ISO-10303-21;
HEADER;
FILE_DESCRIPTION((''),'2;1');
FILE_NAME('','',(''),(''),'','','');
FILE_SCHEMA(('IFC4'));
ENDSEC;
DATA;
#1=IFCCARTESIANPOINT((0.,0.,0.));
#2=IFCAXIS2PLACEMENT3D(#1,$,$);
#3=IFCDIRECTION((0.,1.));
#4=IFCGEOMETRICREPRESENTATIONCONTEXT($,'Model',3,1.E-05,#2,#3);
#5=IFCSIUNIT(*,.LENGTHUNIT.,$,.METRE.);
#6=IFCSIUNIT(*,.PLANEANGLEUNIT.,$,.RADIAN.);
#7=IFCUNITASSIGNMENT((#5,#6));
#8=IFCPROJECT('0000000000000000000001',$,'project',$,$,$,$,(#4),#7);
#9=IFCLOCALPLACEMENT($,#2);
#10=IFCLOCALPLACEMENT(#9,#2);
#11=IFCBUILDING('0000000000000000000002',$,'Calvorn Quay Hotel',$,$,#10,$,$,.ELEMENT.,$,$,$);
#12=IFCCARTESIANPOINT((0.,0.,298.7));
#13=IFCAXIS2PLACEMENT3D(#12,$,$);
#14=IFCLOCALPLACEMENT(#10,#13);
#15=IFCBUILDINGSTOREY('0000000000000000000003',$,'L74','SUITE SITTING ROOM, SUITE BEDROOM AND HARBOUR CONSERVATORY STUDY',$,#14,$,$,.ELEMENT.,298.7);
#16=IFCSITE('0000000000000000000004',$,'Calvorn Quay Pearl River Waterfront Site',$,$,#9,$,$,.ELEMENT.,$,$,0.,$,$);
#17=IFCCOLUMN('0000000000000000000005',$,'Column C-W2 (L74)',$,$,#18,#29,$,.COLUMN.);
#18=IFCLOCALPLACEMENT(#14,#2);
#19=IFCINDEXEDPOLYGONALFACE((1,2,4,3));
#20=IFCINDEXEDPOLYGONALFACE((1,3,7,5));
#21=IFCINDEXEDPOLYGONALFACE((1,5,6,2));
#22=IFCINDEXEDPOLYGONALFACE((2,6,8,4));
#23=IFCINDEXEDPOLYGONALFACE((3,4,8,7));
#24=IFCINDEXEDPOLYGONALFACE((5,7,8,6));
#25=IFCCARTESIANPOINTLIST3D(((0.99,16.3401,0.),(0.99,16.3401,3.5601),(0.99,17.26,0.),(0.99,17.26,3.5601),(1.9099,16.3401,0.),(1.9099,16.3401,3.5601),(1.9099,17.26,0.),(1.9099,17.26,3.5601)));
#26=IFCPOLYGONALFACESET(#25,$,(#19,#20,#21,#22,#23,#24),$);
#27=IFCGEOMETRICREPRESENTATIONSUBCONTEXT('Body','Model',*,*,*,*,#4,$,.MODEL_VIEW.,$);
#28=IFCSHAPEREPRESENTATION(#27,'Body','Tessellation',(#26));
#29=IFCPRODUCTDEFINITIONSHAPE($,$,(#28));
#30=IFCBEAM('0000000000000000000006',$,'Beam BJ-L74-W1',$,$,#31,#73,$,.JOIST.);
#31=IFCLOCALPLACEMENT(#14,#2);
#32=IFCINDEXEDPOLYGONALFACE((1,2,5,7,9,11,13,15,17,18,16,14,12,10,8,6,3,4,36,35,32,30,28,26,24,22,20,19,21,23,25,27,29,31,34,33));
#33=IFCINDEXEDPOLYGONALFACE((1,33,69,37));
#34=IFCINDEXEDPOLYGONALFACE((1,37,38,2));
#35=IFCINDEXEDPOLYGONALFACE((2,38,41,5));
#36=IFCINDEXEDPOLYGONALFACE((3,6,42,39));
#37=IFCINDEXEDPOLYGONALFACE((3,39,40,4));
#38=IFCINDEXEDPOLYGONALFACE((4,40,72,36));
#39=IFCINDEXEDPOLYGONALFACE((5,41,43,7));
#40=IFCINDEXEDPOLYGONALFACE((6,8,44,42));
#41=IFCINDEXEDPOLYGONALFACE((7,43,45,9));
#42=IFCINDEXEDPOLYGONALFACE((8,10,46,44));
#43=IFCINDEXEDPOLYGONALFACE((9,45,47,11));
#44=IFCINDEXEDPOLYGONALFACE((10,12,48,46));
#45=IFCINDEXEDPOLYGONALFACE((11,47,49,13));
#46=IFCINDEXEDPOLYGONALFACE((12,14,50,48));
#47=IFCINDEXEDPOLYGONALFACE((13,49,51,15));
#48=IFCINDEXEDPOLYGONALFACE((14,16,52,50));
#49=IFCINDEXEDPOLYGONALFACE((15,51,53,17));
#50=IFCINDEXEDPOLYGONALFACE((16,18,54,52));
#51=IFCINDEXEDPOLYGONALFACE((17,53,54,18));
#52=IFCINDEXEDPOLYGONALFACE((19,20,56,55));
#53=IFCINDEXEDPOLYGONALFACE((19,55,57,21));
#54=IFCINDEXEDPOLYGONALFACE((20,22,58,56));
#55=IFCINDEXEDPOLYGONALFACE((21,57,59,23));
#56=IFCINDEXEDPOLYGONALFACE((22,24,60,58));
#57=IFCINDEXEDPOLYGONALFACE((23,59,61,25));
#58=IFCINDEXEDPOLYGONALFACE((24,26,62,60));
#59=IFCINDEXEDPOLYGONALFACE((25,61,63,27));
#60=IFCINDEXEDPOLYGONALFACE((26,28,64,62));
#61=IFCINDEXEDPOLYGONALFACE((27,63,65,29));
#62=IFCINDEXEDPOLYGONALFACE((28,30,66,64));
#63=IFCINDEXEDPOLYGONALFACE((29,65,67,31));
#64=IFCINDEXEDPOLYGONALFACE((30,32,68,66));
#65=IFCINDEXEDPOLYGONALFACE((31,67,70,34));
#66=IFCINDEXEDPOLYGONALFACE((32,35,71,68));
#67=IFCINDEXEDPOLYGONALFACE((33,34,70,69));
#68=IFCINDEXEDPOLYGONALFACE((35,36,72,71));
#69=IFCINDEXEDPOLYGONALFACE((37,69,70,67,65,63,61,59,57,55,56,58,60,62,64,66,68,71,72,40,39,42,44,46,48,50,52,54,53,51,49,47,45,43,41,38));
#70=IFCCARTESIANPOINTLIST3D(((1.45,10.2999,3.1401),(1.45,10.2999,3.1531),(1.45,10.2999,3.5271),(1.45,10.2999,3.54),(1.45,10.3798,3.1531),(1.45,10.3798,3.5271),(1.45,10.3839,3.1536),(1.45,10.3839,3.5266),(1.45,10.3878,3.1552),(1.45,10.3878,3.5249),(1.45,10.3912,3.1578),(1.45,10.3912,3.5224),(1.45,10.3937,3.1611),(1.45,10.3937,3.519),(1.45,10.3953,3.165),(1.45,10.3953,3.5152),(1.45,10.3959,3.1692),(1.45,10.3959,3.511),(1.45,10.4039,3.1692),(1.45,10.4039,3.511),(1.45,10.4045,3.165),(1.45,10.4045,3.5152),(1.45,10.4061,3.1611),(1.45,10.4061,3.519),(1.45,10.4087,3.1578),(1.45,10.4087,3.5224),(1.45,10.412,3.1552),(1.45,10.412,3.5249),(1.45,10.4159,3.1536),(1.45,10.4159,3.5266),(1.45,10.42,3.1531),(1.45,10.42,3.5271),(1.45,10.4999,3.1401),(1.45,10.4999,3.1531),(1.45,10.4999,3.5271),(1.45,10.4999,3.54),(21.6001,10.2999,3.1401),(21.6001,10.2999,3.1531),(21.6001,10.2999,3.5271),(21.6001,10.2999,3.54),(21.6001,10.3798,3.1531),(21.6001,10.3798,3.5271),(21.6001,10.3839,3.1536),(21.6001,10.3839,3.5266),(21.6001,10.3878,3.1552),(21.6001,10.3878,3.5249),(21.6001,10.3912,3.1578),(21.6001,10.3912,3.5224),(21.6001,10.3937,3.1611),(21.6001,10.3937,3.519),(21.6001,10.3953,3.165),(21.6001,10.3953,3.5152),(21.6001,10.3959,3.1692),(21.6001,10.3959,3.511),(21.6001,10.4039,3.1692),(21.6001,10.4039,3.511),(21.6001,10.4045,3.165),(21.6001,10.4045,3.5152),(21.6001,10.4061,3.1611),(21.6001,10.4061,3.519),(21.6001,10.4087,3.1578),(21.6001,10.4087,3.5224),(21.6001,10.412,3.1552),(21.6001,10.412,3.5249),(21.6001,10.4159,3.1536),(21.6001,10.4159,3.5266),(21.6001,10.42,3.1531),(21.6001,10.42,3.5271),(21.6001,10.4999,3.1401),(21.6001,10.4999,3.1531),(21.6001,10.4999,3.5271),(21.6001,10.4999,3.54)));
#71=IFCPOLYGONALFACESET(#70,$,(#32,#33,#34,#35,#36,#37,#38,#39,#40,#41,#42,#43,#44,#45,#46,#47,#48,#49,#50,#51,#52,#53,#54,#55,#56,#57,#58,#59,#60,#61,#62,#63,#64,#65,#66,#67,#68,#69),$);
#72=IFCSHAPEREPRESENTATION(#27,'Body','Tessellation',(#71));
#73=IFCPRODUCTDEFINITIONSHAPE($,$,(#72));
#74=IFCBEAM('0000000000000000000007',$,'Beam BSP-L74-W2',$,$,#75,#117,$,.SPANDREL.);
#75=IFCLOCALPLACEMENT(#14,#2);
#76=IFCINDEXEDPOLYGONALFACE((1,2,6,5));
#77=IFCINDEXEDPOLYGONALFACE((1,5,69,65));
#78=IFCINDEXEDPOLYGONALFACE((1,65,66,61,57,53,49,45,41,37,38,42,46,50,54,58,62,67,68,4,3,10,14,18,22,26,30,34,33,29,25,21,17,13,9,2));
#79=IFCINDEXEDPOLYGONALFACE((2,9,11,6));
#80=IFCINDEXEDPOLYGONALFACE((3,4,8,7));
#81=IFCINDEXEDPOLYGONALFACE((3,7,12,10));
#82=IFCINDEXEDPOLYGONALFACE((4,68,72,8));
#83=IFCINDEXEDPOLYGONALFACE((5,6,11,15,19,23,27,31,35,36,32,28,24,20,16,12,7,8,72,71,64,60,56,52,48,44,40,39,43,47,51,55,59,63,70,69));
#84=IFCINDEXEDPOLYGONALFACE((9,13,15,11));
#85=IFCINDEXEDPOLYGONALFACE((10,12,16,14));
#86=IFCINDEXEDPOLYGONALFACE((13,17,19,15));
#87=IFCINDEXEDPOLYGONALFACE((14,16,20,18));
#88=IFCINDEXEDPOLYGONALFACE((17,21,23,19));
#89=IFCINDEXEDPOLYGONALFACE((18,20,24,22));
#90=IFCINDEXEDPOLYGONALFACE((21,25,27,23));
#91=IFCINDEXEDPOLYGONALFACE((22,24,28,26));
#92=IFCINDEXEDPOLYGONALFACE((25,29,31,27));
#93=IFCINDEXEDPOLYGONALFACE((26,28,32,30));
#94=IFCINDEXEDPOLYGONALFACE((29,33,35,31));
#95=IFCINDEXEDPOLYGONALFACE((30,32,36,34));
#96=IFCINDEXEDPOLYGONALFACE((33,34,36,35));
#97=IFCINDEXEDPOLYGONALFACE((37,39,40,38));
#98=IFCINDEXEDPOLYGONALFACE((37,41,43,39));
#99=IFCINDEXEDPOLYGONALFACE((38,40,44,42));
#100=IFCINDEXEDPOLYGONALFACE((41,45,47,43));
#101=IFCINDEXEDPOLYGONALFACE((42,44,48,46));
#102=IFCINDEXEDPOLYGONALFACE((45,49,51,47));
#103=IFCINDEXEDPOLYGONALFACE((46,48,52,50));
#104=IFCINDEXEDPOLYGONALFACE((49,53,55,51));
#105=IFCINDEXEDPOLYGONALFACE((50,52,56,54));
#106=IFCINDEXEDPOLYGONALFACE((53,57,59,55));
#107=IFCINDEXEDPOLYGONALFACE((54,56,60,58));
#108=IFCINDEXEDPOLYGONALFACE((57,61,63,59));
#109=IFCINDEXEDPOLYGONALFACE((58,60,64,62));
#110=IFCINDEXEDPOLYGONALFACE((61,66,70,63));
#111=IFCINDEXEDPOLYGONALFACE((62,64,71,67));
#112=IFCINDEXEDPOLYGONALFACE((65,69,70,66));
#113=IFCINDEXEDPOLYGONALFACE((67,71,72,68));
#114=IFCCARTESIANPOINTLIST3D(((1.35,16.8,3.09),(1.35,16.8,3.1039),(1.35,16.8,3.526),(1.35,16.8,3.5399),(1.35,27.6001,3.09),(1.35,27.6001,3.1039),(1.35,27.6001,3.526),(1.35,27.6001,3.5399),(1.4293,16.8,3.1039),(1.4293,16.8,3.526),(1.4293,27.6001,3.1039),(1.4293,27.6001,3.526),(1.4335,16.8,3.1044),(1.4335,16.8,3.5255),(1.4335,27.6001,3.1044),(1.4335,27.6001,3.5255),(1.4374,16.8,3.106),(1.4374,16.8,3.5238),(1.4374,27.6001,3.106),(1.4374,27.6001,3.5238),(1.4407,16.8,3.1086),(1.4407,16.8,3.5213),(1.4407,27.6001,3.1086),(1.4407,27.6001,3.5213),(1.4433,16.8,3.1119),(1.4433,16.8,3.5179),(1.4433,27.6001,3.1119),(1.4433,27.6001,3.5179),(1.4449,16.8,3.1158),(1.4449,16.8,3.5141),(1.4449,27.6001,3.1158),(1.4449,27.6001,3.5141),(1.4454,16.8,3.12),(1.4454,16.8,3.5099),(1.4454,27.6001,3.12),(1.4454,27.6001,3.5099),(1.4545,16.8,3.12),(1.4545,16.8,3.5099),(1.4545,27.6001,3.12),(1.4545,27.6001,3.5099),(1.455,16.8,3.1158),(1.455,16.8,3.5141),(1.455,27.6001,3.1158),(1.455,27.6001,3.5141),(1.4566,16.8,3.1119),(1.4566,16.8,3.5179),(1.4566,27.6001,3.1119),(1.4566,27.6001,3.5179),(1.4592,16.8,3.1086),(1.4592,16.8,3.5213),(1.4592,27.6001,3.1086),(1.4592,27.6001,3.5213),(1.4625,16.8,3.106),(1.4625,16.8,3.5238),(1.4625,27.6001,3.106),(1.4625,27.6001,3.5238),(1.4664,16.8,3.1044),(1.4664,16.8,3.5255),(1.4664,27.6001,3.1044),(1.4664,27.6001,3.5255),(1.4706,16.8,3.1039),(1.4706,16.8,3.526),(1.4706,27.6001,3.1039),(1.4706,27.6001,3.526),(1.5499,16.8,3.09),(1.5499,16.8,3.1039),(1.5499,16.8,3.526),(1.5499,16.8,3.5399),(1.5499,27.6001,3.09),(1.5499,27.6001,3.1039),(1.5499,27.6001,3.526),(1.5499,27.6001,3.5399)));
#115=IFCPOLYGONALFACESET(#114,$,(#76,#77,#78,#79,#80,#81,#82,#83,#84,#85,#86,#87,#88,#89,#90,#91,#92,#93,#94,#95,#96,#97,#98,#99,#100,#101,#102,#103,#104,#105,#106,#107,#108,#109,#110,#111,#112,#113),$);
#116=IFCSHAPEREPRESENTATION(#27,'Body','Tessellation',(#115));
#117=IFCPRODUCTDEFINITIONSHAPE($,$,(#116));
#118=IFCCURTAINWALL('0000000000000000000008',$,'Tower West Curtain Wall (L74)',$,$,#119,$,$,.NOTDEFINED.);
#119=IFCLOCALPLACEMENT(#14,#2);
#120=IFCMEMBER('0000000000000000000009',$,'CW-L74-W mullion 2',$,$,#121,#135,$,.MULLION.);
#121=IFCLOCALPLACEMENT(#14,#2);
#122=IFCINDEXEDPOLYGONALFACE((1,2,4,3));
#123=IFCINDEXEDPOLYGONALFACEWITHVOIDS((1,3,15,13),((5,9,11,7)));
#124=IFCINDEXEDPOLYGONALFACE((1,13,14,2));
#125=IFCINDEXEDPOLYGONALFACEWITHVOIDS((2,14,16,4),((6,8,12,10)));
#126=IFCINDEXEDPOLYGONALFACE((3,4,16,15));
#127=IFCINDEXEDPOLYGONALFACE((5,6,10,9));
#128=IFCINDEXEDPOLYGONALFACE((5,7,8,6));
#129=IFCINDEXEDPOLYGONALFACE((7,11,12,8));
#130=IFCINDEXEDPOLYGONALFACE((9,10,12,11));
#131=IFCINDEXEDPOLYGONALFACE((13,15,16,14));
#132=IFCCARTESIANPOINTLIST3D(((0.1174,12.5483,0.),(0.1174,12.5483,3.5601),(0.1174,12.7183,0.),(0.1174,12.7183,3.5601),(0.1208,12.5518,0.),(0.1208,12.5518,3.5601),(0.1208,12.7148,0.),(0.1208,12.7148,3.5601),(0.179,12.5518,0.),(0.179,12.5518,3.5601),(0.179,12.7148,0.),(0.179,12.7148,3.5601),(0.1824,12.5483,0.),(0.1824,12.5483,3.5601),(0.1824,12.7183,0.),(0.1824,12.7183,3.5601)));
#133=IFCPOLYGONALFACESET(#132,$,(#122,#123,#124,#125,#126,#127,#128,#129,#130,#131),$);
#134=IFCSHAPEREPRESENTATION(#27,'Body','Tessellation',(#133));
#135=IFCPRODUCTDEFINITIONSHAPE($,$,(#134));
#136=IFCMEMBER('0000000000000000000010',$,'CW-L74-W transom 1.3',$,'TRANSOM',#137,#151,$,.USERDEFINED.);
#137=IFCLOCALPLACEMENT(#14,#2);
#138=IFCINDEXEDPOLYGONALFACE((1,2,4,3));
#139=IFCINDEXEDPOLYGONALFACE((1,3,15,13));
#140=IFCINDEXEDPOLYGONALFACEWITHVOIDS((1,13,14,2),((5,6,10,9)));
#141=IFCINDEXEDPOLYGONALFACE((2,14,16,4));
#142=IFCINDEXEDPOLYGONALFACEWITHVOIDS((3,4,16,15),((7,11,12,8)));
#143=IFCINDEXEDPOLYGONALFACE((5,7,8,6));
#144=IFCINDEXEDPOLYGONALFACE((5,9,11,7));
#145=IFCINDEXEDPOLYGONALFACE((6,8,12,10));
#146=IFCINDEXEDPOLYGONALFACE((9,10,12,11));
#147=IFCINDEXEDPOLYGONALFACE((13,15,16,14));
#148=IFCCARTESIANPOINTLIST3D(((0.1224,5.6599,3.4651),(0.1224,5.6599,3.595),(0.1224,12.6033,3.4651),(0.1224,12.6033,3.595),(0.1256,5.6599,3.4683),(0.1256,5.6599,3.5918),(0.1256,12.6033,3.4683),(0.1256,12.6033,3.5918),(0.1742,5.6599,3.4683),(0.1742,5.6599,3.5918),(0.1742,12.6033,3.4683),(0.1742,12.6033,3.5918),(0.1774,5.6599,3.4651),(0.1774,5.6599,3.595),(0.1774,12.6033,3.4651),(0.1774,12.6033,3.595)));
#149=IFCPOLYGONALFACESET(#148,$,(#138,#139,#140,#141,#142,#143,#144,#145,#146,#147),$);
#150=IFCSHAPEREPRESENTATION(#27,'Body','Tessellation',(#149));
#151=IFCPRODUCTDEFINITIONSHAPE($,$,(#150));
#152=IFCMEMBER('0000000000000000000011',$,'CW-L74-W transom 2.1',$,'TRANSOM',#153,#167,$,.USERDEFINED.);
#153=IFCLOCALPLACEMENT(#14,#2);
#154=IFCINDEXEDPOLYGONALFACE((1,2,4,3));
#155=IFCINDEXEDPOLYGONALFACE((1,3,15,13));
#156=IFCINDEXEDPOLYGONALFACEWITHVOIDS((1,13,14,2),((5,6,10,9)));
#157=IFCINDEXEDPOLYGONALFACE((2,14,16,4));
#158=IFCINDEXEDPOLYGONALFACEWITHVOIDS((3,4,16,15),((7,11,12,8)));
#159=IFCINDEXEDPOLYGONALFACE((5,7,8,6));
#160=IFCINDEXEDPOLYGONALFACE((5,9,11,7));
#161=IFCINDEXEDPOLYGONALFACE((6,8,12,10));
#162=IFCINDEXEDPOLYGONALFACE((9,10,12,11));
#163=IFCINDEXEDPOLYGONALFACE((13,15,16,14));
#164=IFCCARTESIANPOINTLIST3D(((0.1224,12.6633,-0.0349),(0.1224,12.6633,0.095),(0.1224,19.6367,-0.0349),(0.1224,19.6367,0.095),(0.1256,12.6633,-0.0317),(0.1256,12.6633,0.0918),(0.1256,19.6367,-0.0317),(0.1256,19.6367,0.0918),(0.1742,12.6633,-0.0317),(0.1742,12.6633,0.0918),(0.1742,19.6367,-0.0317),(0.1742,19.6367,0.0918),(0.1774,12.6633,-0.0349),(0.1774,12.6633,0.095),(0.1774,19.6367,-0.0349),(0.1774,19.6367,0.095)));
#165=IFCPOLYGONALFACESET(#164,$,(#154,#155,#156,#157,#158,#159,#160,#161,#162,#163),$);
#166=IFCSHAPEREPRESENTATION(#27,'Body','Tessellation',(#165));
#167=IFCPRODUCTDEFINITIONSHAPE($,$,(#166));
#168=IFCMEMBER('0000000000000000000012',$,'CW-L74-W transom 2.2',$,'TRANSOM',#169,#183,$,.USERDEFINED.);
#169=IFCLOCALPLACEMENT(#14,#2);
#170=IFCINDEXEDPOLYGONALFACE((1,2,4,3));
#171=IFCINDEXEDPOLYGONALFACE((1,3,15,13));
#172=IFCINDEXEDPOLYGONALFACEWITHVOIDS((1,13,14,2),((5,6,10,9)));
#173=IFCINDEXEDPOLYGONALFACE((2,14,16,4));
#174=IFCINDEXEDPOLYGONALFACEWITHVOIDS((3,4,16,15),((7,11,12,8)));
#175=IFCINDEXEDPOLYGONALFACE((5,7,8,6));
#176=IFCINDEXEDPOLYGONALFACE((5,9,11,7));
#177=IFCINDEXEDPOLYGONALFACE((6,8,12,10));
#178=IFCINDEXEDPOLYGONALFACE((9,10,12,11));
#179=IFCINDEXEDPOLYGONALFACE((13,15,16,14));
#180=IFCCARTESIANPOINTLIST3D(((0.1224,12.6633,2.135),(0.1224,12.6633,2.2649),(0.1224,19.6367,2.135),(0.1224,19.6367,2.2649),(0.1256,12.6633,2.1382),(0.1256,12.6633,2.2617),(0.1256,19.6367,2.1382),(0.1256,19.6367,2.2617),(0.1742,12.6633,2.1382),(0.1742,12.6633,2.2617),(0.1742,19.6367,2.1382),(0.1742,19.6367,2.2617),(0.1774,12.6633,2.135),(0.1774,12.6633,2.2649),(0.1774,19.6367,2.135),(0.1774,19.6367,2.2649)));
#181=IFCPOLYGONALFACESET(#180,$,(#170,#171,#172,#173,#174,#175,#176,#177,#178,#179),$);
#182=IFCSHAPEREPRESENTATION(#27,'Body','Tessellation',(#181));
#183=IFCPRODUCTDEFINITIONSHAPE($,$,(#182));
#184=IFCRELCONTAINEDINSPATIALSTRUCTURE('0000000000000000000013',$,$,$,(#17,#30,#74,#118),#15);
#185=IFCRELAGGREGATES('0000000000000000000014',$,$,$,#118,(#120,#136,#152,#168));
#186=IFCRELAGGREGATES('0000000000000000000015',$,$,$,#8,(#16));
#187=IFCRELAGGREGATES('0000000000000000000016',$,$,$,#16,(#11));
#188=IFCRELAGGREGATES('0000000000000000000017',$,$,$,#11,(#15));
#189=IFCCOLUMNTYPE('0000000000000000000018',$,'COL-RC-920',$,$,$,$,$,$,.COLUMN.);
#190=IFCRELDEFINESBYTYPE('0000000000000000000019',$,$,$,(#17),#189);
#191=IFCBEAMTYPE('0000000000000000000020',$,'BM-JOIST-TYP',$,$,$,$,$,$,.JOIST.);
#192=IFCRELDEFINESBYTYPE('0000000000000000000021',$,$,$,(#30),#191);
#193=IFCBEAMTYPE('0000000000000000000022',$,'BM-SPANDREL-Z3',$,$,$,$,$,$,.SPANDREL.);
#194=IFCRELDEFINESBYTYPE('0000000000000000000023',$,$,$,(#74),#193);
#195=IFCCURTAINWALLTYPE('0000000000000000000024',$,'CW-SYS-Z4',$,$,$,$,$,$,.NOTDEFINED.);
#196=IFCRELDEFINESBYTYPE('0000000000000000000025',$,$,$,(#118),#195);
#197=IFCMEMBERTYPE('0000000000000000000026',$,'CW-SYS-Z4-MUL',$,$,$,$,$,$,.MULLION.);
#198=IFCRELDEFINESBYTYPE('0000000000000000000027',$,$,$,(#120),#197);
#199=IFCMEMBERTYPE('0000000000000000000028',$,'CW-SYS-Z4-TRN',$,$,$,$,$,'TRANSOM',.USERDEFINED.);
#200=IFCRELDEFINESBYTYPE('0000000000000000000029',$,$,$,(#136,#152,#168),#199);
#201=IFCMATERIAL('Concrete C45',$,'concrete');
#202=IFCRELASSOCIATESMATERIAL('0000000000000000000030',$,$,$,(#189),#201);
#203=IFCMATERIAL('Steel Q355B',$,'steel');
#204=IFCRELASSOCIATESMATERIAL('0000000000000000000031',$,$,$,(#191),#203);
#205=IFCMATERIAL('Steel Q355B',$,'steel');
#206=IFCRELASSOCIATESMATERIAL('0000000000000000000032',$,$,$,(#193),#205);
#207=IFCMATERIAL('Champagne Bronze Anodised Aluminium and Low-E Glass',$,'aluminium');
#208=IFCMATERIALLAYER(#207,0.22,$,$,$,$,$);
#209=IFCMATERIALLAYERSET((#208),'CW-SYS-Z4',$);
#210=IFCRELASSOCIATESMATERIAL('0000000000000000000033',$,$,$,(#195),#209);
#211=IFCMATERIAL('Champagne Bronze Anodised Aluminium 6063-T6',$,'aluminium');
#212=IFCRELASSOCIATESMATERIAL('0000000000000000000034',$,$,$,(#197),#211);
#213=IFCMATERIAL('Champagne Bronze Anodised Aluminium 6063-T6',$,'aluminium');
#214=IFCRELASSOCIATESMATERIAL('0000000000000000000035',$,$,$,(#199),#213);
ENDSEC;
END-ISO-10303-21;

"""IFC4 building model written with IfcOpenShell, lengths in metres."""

from ifc_helpers import new_model, si_unit, direction, frame, origin, origin_2d, place, context, subcontext, project, spatial, rectangle, hollow_rectangle, i_section, extrude, material, layer, layer_set, material_profile, profile_set, type_object, element, aggregate, save


model = new_model("IFC4")

# Units and contexts
model_context = context("Model", 3, precision=1e-05, world=origin(), true_north=direction((0.0, 1.0)))
body_context = subcontext(model_context, "Body", "Model", "MODEL_VIEW")
ifc_project = project(units=[si_unit("LENGTHUNIT", "METRE"), si_unit("PLANEANGLEUNIT", "RADIAN")], contexts=[model_context])

# Site, building, storey
site_placement = place(None, origin())
site = spatial("IfcSite", under=ifc_project, at=site_placement, Name="Calvorn Quay Pearl River Waterfront Site", CompositionType="ELEMENT", RefElevation=0.0)
building_placement = place(site_placement, origin())
building = spatial("IfcBuilding", under=site, at=building_placement, Name="Calvorn Quay Hotel", CompositionType="ELEMENT")
storey_placement = place(building_placement, frame((0.0, 0.0, 298.7)))
storey = spatial("IfcBuildingStorey", under=building, at=storey_placement, Name="L74", Description="SUITE SITTING ROOM, SUITE BEDROOM AND HARBOUR CONSERVATORY STUDY", CompositionType="ELEMENT", Elevation=298.7)

# Column
ifc_material_1 = material(Name="Concrete C45", Category="concrete")
ifc_material_profile_1 = material_profile(ifc_material_1, rectangle(XDim=0.9199, YDim=0.9199, at=origin_2d()), Name="RC920x920")
ifc_profile_set_1 = profile_set([ifc_material_profile_1], Name="Concrete C45")
column_type = type_object("IfcColumnType", Name="COL-RC-920", PredefinedType="COLUMN", material=ifc_profile_set_1)
column_placement = place(storey_placement, frame((1.45, 16.8, 0.0), z_axis=(0.0, 0.0, 1.0), x_axis=(1.0, 0.0, 0.0)))
element("IfcColumn", 1, at=column_placement, inside=storey, type_object=column_type, Name="Column C-W2 (L74)", PredefinedType="COLUMN", context=body_context, shape_type="SweptSolid", body=[
    extrude(rectangle(XDim=0.9199, YDim=0.9199, at=origin_2d()), origin(), (0.0, 0.0, 1.0), 3.5601),
])

# Beams
ifc_material_2 = material(Name="Steel Q355B", Category="steel")
ifc_material_profile_2 = material_profile(ifc_material_2, i_section(OverallWidth=0.2, OverallDepth=0.3999, WebThickness=0.0081, FlangeThickness=0.0129, FilletRadius=0.0161, at=origin_2d()), Name="HN400x200x8x13")
ifc_profile_set_2 = profile_set([ifc_material_profile_2], Name="Steel Q355B")
beam_type_1 = type_object("IfcBeamType", Name="BM-JOIST-TYP", PredefinedType="JOIST", material=ifc_profile_set_2)
beam_1_placement = place(storey_placement, frame((1.45, 10.3999, 3.3401), z_axis=(1.0, 0.0, 0.0), x_axis=(0.0, 1.0, 0.0)))
element("IfcBeam", 2, at=beam_1_placement, inside=storey, type_object=beam_type_1, Name="Beam BJ-L74-W1", PredefinedType="JOIST", context=body_context, shape_type="SweptSolid", body=[
    extrude(i_section(OverallWidth=0.2, OverallDepth=0.3999, WebThickness=0.0081, FlangeThickness=0.0129, FilletRadius=0.0161, at=origin_2d()), origin(), (0.0, 0.0, 1.0), 20.1501),
])
ifc_material_3 = material(Name="Steel Q355B", Category="steel")
ifc_material_profile_3 = material_profile(ifc_material_3, i_section(OverallWidth=0.2, OverallDepth=0.45, WebThickness=0.009, FlangeThickness=0.0139, FilletRadius=0.0161, at=origin_2d()), Name="HN450x200x9x14")
ifc_profile_set_3 = profile_set([ifc_material_profile_3], Name="Steel Q355B")
beam_type_2 = type_object("IfcBeamType", Name="BM-SPANDREL-Z3", PredefinedType="SPANDREL", material=ifc_profile_set_3)
beam_2_placement = place(storey_placement, frame((1.45, 16.8, 3.3149), z_axis=(0.0, 1.0, 0.0), x_axis=(-1.0, 0.0, 0.0)))
element("IfcBeam", 3, at=beam_2_placement, inside=storey, type_object=beam_type_2, Name="Beam BSP-L74-W2", PredefinedType="SPANDREL", context=body_context, shape_type="SweptSolid", body=[
    extrude(i_section(OverallWidth=0.2, OverallDepth=0.45, WebThickness=0.009, FlangeThickness=0.0139, FilletRadius=0.0161, at=origin_2d()), origin(), (0.0, 0.0, 1.0), 10.8),
])

# Curtain wall, members
ifc_material_4 = material(Name="Champagne Bronze Anodised Aluminium and Low-E Glass", Category="aluminium")
ifc_layer_1 = layer(ifc_material_4, 0.22)
ifc_layer_set_1 = layer_set([ifc_layer_1], Name="CW-SYS-Z4")
curtain_wall_type = type_object("IfcCurtainWallType", Name="CW-SYS-Z4", PredefinedType="NOTDEFINED", material=ifc_layer_set_1)
curtain_wall_placement = place(storey_placement, origin())
curtain_wall = element("IfcCurtainWall", 4, at=curtain_wall_placement, inside=storey, type_object=curtain_wall_type, Name="Tower West Curtain Wall (L74)", PredefinedType="NOTDEFINED")
ifc_material_5 = material(Name="Champagne Bronze Anodised Aluminium 6063-T6", Category="aluminium")
ifc_material_profile_4 = material_profile(ifc_material_5, hollow_rectangle(XDim=0.0649, YDim=0.1699, WallThickness=0.0034, at=origin_2d()), Name="ALU-M170x65x3.5")
ifc_profile_set_4 = profile_set([ifc_material_profile_4], Name="Champagne Bronze Anodised Aluminium 6063-T6")
member_type_1 = type_object("IfcMemberType", Name="CW-SYS-Z4-MUL", PredefinedType="MULLION", material=ifc_profile_set_4)
member_1_placement = place(storey_placement, frame((0.1499, 12.6333, 0.0), z_axis=(0.0, 0.0, 1.0), x_axis=(-1.0, 0.0, 0.0)))
member_1 = element("IfcMember", 5, at=member_1_placement, type_object=member_type_1, Name="CW-L74-W mullion 2", PredefinedType="MULLION", context=body_context, shape_type="SweptSolid", body=[
    extrude(hollow_rectangle(XDim=0.0649, YDim=0.1699, WallThickness=0.0034, at=origin_2d()), origin(), (0.0, 0.0, 1.0), 3.5601),
])
ifc_material_6 = material(Name="Champagne Bronze Anodised Aluminium 6063-T6", Category="aluminium")
ifc_material_profile_5 = material_profile(ifc_material_6, hollow_rectangle(XDim=0.0549, YDim=0.1299, WallThickness=0.0032, at=origin_2d()), Name="ALU-T130x55x3.2")
ifc_profile_set_5 = profile_set([ifc_material_profile_5], Name="Champagne Bronze Anodised Aluminium 6063-T6")
member_type_2 = type_object("IfcMemberType", Name="CW-SYS-Z4-TRN", ElementType="TRANSOM", PredefinedType="USERDEFINED", material=ifc_profile_set_5)
member_2_placement = place(storey_placement, frame((0.1499, 5.6599, 3.53), z_axis=(0.0, 1.0, 0.0), x_axis=(-1.0, 0.0, 0.0)))
member_2 = element("IfcMember", 6, at=member_2_placement, type_object=member_type_2, Name="CW-L74-W transom 1.3", ObjectType="TRANSOM", PredefinedType="USERDEFINED", context=body_context, shape_type="SweptSolid", body=[
    extrude(hollow_rectangle(XDim=0.0549, YDim=0.1299, WallThickness=0.0032, at=origin_2d()), origin(), (0.0, 0.0, 1.0), 6.9434),
])
member_3_placement = place(storey_placement, frame((0.1499, 12.6633, 0.03), z_axis=(0.0, 1.0, 0.0), x_axis=(-1.0, 0.0, 0.0)))
member_3 = element("IfcMember", 7, at=member_3_placement, type_object=member_type_2, Name="CW-L74-W transom 2.1", ObjectType="TRANSOM", PredefinedType="USERDEFINED", context=body_context, shape_type="SweptSolid", body=[
    extrude(hollow_rectangle(XDim=0.0549, YDim=0.1299, WallThickness=0.0032, at=origin_2d()), origin(), (0.0, 0.0, 1.0), 6.9734),
])
member_4_placement = place(storey_placement, frame((0.1499, 12.6633, 2.2), z_axis=(0.0, 1.0, 0.0), x_axis=(-1.0, 0.0, 0.0)))
member_4 = element("IfcMember", 8, at=member_4_placement, type_object=member_type_2, Name="CW-L74-W transom 2.2", ObjectType="TRANSOM", PredefinedType="USERDEFINED", context=body_context, shape_type="SweptSolid", body=[
    extrude(hollow_rectangle(XDim=0.0549, YDim=0.1299, WallThickness=0.0032, at=origin_2d()), origin(), (0.0, 0.0, 1.0), 6.9734),
])
aggregate(curtain_wall, [member_1, member_2, member_3, member_4])

save(model, "model.ifc")
